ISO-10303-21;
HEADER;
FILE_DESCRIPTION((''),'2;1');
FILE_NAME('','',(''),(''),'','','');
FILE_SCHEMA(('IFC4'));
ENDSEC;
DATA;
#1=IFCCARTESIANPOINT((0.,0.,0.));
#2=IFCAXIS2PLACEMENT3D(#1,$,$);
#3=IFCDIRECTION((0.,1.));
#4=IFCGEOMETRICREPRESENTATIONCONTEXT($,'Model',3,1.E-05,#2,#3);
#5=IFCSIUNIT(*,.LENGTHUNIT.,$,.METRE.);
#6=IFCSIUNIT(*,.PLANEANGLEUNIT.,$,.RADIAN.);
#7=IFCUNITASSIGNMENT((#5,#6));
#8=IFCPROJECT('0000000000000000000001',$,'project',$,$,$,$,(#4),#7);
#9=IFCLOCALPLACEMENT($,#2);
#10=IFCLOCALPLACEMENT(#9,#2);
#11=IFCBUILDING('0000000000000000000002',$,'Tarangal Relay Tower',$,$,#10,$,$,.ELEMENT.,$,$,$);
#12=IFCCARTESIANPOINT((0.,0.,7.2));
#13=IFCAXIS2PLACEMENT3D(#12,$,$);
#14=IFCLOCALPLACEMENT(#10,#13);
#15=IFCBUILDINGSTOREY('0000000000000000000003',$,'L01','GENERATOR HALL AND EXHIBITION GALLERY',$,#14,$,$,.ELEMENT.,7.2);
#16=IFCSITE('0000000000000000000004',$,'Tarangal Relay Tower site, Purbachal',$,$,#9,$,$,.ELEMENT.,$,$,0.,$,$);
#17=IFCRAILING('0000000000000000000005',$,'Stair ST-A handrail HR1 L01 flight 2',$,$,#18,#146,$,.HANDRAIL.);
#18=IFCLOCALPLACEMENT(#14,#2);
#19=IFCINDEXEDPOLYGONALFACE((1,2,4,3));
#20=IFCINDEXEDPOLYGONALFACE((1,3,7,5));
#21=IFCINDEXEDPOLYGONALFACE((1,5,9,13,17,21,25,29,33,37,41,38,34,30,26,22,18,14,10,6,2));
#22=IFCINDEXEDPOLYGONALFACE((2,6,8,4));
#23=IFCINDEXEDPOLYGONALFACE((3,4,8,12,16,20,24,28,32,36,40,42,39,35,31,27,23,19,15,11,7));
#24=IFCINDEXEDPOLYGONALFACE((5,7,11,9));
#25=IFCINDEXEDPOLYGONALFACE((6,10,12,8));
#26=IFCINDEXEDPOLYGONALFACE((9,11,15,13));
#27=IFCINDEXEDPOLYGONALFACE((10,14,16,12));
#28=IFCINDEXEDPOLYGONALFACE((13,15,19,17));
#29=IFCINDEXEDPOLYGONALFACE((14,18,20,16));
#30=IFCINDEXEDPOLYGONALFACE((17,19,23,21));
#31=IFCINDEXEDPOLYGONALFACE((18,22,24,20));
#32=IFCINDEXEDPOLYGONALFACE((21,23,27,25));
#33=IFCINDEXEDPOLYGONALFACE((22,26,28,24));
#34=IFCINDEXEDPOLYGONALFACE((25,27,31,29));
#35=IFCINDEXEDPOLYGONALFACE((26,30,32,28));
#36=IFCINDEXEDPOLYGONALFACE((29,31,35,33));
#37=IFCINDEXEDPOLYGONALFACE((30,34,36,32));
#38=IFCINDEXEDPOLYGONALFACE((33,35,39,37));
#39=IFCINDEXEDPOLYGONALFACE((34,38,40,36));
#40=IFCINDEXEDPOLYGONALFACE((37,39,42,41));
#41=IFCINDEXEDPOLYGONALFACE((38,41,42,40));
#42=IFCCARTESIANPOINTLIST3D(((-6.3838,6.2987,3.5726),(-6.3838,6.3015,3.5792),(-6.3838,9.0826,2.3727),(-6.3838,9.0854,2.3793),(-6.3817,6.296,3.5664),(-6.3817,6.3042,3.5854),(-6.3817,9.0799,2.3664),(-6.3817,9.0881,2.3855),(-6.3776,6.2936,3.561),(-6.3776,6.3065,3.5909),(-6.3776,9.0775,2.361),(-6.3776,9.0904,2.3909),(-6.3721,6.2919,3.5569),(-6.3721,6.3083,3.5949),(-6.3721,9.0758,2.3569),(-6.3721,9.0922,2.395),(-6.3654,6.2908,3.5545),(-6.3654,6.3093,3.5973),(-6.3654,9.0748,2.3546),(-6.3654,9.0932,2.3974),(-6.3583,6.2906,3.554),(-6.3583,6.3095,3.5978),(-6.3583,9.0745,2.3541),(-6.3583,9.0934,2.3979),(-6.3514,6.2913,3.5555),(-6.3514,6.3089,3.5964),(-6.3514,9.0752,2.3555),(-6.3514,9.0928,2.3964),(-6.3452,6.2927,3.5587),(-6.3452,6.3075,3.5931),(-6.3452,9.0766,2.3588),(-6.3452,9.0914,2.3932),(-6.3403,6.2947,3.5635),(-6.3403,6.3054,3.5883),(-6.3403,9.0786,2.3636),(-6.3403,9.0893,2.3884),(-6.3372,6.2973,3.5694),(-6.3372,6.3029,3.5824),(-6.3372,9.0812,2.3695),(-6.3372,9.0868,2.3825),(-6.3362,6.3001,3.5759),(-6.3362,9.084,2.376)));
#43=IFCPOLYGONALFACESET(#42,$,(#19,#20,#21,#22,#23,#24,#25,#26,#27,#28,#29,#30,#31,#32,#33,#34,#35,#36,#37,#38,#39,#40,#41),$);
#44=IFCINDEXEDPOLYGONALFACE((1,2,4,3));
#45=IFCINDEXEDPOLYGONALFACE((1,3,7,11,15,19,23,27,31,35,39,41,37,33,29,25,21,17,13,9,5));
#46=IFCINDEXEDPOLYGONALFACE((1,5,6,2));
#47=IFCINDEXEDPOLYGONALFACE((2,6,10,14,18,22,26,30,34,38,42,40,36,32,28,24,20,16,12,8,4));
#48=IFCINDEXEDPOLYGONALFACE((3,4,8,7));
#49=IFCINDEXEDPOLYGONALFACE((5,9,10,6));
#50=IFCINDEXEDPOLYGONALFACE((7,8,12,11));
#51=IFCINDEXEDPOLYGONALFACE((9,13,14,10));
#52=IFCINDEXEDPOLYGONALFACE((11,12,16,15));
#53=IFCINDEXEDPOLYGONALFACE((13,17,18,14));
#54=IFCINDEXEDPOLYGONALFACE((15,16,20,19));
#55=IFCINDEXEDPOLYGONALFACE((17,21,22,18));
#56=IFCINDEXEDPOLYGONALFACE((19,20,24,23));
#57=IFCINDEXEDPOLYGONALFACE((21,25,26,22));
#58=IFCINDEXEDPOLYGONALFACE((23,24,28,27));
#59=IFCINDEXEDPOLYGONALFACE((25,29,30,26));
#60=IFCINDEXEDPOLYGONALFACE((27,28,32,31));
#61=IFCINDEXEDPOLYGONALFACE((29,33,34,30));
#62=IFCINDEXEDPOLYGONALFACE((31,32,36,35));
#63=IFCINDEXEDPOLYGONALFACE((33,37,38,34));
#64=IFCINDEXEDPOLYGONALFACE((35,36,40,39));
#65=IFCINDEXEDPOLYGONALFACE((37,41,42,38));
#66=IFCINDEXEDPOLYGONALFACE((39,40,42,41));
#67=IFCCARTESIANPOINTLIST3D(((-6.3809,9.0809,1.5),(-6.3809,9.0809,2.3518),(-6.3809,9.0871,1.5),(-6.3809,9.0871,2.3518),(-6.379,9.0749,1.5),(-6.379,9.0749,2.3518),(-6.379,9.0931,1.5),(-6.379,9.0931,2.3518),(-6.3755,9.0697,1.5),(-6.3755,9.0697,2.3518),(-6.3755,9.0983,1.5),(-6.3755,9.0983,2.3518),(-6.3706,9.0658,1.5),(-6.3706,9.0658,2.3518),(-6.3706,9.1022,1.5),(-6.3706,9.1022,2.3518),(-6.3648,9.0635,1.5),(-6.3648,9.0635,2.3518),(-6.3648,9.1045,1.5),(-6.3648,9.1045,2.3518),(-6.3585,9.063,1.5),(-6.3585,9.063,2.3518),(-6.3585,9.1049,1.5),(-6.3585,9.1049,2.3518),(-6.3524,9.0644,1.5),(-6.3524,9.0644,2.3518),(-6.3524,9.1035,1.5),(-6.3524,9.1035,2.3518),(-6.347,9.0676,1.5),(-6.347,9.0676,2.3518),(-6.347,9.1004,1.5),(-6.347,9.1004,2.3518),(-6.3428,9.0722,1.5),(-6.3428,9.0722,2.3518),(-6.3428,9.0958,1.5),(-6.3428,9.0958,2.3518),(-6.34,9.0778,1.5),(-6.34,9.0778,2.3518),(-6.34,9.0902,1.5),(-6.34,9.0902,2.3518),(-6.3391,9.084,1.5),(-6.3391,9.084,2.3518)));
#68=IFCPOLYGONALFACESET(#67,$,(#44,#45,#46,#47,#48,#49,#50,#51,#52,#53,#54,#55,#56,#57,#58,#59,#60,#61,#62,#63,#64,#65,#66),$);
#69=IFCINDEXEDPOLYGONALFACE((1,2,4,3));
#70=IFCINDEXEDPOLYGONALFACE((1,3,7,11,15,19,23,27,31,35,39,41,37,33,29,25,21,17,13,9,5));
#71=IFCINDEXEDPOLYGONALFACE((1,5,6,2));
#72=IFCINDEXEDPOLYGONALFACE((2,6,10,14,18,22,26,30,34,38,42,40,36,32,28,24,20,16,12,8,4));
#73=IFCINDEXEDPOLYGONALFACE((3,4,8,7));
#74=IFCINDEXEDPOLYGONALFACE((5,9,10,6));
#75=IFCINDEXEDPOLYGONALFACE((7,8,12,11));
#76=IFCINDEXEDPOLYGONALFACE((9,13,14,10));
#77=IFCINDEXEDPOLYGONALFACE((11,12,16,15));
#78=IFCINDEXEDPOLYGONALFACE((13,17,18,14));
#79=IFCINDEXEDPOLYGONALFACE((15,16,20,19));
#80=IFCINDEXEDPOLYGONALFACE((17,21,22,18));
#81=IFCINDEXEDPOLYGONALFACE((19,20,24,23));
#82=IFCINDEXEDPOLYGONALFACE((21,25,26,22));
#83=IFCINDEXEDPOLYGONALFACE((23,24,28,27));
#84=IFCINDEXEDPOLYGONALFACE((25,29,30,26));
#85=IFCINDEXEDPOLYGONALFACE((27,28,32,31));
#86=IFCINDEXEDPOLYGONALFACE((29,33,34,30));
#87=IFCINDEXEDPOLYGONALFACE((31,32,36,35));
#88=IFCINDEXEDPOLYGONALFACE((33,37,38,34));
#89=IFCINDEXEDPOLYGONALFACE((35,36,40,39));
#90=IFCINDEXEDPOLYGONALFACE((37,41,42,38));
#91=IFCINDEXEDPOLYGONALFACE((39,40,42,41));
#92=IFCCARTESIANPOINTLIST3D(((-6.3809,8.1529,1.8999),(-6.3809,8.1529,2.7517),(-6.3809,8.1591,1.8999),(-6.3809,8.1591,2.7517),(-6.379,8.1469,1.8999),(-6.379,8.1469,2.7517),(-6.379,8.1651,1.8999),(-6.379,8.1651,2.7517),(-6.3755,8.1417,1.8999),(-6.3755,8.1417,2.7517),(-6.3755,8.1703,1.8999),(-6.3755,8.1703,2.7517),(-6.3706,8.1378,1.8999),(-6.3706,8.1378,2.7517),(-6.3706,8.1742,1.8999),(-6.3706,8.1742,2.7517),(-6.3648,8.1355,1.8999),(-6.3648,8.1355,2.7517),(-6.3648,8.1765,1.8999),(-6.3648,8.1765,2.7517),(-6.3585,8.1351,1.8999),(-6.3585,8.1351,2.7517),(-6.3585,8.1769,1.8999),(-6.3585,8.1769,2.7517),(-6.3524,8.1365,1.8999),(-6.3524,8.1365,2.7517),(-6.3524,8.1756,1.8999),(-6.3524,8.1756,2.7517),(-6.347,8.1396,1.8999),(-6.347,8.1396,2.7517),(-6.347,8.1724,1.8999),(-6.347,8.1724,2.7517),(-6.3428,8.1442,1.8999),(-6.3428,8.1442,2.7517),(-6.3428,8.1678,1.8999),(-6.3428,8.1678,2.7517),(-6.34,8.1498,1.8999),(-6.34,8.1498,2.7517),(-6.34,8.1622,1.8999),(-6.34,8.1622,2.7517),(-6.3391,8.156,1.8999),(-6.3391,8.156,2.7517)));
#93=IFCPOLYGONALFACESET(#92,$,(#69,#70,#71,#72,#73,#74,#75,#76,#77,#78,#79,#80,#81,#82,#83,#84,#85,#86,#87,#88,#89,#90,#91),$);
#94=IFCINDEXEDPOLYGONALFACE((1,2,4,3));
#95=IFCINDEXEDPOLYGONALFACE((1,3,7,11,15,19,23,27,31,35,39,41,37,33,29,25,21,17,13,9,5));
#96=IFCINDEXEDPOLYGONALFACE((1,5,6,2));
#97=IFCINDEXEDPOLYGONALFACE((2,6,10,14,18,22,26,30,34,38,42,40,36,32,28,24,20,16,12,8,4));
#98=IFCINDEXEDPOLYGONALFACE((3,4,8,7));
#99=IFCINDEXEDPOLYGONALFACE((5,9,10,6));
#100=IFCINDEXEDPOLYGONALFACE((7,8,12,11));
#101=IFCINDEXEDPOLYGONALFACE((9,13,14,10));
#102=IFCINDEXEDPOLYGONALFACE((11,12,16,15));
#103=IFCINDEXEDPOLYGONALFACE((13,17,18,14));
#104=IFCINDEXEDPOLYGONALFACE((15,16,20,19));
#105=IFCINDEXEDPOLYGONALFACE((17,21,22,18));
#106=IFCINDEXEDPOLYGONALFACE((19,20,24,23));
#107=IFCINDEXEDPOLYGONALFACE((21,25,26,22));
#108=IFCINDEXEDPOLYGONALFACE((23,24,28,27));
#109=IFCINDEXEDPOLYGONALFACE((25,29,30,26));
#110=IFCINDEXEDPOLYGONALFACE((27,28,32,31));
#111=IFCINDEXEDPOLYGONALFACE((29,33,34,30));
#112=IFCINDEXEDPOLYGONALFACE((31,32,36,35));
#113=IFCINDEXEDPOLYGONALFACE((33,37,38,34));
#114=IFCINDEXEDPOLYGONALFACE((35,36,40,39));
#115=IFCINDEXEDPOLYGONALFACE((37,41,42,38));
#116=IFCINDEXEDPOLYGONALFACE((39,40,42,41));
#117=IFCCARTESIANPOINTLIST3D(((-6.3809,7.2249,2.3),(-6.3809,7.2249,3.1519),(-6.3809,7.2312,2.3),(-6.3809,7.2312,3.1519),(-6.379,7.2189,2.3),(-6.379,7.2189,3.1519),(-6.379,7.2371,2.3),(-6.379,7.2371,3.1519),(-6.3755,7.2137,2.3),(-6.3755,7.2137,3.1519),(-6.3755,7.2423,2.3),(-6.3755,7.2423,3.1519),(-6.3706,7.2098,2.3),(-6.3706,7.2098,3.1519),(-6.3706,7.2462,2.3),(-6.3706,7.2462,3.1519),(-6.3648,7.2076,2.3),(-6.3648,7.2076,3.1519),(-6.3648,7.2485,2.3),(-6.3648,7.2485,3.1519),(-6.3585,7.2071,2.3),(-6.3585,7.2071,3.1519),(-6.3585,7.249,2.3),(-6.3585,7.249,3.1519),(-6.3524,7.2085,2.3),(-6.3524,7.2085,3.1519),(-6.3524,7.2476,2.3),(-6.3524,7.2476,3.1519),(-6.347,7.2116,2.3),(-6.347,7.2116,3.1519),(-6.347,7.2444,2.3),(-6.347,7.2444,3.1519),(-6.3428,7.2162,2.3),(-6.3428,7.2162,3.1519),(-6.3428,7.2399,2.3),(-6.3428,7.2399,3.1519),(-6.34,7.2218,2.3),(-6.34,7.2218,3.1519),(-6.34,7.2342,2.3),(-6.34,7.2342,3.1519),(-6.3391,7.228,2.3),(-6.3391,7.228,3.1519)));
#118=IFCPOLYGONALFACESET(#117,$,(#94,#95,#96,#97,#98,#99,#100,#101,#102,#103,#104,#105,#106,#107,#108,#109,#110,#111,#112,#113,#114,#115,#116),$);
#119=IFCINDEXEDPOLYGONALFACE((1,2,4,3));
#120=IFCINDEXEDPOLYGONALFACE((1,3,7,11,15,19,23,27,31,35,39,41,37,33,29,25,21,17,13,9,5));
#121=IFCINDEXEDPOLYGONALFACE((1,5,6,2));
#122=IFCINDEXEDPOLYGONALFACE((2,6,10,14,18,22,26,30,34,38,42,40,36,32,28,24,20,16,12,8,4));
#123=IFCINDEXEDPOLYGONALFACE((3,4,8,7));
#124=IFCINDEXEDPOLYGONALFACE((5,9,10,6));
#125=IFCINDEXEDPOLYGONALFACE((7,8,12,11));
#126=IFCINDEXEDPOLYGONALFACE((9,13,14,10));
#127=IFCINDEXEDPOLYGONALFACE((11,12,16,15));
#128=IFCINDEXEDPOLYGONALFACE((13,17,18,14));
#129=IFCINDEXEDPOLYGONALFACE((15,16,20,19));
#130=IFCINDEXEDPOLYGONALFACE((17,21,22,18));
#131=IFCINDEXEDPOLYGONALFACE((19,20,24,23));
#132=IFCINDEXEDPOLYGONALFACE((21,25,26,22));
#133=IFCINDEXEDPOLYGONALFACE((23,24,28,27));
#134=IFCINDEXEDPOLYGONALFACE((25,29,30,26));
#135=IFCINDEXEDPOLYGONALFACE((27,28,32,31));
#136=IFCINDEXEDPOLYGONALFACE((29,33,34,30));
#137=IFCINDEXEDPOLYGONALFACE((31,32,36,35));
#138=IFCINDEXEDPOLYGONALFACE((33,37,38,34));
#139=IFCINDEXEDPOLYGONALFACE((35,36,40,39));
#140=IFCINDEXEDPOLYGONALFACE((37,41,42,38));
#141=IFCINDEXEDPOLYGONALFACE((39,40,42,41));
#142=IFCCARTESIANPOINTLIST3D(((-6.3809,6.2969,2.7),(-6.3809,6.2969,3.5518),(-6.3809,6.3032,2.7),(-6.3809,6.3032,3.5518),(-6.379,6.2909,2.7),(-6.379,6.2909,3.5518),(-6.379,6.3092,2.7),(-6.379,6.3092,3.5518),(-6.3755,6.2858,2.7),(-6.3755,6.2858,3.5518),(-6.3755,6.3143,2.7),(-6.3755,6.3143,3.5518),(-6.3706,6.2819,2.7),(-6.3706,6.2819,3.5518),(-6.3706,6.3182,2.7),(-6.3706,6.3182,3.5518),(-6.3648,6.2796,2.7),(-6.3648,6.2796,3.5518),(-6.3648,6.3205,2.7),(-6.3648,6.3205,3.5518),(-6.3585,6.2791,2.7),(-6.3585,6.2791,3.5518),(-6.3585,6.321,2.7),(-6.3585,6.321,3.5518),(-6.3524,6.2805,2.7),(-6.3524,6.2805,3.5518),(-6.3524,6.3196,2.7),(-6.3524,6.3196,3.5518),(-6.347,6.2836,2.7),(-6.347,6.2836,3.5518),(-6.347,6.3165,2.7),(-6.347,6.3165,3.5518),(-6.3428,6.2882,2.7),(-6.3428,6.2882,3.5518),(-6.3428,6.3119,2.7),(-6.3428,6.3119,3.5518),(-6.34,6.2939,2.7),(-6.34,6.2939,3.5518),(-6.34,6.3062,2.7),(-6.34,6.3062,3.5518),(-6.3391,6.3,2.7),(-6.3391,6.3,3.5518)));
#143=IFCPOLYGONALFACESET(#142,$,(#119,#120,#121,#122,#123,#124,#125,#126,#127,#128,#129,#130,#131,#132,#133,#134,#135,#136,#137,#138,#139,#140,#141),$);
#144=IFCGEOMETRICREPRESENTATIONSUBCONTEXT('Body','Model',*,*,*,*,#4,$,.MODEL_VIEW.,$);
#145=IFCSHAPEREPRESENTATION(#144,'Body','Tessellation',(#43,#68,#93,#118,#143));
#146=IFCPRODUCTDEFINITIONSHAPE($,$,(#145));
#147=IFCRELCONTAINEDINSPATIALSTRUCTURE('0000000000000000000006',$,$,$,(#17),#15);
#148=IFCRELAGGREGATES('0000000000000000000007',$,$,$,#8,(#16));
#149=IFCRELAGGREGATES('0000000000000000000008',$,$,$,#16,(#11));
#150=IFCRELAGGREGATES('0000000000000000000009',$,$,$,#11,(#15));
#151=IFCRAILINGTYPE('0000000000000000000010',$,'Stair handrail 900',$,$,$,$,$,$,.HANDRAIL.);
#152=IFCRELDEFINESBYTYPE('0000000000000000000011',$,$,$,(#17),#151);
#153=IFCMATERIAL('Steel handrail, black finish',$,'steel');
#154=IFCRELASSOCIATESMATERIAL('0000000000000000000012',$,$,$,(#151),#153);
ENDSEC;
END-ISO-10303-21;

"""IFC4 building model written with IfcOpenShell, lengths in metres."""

from ifc_helpers import new_model, si_unit, direction, frame, origin, origin_2d, place, context, subcontext, project, spatial, circle, extrude, material, type_object, element, save


model = new_model("IFC4")

# Units and contexts
model_context = context("Model", 3, precision=1e-05, world=origin(), true_north=direction((0.0, 1.0)))
body_context = subcontext(model_context, "Body", "Model", "MODEL_VIEW")
ifc_project = project(units=[si_unit("LENGTHUNIT", "METRE"), si_unit("PLANEANGLEUNIT", "RADIAN")], contexts=[model_context])

# Site, building, storey
site_placement = place(None, origin())
site = spatial("IfcSite", under=ifc_project, at=site_placement, Name="Tarangal Relay Tower site, Purbachal", CompositionType="ELEMENT", RefElevation=0.0)
building_placement = place(site_placement, origin())
building = spatial("IfcBuilding", under=site, at=building_placement, Name="Tarangal Relay Tower", CompositionType="ELEMENT")
storey_placement = place(building_placement, frame((0.0, 0.0, 7.2)))
storey = spatial("IfcBuildingStorey", under=building, at=storey_placement, Name="L01", Description="GENERATOR HALL AND EXHIBITION GALLERY", CompositionType="ELEMENT", Elevation=7.2)

# Railing
ifc_material_1 = material(Name="Steel handrail, black finish", Category="steel")
railing_type_1 = type_object("IfcRailingType", Name="Stair handrail 900", PredefinedType="HANDRAIL", material=ifc_material_1)
railing_1_placement = place(storey_placement, frame((-6.3601, 9.084, 1.5)))
element("IfcRailing", 1, at=railing_1_placement, inside=storey, type_object=railing_type_1, Name="Stair ST-A handrail HR1 L01 flight 2", PredefinedType="HANDRAIL", context=body_context, shape_type="SweptSolid", body=[
    extrude(circle(Radius=0.0239, at=origin_2d()), frame((0.0, 0.0, 0.876), z_axis=(0.0, -0.918327, 0.395823), x_axis=(1.0, 0.0, 0.0)), (0.0, 0.0, 1.0), 3.0315),
    extrude(circle(Radius=0.021, at=origin_2d()), origin(), (0.0, 0.0, 1.0), 0.8518),
    extrude(circle(Radius=0.021, at=origin_2d()), frame((0.0, -0.928, 0.3999)), (0.0, 0.0, 1.0), 0.8518),
    extrude(circle(Radius=0.021, at=origin_2d()), frame((0.0, -1.856, 0.8)), (0.0, 0.0, 1.0), 0.8518),
    extrude(circle(Radius=0.021, at=origin_2d()), frame((0.0, -2.7839, 1.2)), (0.0, 0.0, 1.0), 0.8518),
])

save(model, "model.ifc")
